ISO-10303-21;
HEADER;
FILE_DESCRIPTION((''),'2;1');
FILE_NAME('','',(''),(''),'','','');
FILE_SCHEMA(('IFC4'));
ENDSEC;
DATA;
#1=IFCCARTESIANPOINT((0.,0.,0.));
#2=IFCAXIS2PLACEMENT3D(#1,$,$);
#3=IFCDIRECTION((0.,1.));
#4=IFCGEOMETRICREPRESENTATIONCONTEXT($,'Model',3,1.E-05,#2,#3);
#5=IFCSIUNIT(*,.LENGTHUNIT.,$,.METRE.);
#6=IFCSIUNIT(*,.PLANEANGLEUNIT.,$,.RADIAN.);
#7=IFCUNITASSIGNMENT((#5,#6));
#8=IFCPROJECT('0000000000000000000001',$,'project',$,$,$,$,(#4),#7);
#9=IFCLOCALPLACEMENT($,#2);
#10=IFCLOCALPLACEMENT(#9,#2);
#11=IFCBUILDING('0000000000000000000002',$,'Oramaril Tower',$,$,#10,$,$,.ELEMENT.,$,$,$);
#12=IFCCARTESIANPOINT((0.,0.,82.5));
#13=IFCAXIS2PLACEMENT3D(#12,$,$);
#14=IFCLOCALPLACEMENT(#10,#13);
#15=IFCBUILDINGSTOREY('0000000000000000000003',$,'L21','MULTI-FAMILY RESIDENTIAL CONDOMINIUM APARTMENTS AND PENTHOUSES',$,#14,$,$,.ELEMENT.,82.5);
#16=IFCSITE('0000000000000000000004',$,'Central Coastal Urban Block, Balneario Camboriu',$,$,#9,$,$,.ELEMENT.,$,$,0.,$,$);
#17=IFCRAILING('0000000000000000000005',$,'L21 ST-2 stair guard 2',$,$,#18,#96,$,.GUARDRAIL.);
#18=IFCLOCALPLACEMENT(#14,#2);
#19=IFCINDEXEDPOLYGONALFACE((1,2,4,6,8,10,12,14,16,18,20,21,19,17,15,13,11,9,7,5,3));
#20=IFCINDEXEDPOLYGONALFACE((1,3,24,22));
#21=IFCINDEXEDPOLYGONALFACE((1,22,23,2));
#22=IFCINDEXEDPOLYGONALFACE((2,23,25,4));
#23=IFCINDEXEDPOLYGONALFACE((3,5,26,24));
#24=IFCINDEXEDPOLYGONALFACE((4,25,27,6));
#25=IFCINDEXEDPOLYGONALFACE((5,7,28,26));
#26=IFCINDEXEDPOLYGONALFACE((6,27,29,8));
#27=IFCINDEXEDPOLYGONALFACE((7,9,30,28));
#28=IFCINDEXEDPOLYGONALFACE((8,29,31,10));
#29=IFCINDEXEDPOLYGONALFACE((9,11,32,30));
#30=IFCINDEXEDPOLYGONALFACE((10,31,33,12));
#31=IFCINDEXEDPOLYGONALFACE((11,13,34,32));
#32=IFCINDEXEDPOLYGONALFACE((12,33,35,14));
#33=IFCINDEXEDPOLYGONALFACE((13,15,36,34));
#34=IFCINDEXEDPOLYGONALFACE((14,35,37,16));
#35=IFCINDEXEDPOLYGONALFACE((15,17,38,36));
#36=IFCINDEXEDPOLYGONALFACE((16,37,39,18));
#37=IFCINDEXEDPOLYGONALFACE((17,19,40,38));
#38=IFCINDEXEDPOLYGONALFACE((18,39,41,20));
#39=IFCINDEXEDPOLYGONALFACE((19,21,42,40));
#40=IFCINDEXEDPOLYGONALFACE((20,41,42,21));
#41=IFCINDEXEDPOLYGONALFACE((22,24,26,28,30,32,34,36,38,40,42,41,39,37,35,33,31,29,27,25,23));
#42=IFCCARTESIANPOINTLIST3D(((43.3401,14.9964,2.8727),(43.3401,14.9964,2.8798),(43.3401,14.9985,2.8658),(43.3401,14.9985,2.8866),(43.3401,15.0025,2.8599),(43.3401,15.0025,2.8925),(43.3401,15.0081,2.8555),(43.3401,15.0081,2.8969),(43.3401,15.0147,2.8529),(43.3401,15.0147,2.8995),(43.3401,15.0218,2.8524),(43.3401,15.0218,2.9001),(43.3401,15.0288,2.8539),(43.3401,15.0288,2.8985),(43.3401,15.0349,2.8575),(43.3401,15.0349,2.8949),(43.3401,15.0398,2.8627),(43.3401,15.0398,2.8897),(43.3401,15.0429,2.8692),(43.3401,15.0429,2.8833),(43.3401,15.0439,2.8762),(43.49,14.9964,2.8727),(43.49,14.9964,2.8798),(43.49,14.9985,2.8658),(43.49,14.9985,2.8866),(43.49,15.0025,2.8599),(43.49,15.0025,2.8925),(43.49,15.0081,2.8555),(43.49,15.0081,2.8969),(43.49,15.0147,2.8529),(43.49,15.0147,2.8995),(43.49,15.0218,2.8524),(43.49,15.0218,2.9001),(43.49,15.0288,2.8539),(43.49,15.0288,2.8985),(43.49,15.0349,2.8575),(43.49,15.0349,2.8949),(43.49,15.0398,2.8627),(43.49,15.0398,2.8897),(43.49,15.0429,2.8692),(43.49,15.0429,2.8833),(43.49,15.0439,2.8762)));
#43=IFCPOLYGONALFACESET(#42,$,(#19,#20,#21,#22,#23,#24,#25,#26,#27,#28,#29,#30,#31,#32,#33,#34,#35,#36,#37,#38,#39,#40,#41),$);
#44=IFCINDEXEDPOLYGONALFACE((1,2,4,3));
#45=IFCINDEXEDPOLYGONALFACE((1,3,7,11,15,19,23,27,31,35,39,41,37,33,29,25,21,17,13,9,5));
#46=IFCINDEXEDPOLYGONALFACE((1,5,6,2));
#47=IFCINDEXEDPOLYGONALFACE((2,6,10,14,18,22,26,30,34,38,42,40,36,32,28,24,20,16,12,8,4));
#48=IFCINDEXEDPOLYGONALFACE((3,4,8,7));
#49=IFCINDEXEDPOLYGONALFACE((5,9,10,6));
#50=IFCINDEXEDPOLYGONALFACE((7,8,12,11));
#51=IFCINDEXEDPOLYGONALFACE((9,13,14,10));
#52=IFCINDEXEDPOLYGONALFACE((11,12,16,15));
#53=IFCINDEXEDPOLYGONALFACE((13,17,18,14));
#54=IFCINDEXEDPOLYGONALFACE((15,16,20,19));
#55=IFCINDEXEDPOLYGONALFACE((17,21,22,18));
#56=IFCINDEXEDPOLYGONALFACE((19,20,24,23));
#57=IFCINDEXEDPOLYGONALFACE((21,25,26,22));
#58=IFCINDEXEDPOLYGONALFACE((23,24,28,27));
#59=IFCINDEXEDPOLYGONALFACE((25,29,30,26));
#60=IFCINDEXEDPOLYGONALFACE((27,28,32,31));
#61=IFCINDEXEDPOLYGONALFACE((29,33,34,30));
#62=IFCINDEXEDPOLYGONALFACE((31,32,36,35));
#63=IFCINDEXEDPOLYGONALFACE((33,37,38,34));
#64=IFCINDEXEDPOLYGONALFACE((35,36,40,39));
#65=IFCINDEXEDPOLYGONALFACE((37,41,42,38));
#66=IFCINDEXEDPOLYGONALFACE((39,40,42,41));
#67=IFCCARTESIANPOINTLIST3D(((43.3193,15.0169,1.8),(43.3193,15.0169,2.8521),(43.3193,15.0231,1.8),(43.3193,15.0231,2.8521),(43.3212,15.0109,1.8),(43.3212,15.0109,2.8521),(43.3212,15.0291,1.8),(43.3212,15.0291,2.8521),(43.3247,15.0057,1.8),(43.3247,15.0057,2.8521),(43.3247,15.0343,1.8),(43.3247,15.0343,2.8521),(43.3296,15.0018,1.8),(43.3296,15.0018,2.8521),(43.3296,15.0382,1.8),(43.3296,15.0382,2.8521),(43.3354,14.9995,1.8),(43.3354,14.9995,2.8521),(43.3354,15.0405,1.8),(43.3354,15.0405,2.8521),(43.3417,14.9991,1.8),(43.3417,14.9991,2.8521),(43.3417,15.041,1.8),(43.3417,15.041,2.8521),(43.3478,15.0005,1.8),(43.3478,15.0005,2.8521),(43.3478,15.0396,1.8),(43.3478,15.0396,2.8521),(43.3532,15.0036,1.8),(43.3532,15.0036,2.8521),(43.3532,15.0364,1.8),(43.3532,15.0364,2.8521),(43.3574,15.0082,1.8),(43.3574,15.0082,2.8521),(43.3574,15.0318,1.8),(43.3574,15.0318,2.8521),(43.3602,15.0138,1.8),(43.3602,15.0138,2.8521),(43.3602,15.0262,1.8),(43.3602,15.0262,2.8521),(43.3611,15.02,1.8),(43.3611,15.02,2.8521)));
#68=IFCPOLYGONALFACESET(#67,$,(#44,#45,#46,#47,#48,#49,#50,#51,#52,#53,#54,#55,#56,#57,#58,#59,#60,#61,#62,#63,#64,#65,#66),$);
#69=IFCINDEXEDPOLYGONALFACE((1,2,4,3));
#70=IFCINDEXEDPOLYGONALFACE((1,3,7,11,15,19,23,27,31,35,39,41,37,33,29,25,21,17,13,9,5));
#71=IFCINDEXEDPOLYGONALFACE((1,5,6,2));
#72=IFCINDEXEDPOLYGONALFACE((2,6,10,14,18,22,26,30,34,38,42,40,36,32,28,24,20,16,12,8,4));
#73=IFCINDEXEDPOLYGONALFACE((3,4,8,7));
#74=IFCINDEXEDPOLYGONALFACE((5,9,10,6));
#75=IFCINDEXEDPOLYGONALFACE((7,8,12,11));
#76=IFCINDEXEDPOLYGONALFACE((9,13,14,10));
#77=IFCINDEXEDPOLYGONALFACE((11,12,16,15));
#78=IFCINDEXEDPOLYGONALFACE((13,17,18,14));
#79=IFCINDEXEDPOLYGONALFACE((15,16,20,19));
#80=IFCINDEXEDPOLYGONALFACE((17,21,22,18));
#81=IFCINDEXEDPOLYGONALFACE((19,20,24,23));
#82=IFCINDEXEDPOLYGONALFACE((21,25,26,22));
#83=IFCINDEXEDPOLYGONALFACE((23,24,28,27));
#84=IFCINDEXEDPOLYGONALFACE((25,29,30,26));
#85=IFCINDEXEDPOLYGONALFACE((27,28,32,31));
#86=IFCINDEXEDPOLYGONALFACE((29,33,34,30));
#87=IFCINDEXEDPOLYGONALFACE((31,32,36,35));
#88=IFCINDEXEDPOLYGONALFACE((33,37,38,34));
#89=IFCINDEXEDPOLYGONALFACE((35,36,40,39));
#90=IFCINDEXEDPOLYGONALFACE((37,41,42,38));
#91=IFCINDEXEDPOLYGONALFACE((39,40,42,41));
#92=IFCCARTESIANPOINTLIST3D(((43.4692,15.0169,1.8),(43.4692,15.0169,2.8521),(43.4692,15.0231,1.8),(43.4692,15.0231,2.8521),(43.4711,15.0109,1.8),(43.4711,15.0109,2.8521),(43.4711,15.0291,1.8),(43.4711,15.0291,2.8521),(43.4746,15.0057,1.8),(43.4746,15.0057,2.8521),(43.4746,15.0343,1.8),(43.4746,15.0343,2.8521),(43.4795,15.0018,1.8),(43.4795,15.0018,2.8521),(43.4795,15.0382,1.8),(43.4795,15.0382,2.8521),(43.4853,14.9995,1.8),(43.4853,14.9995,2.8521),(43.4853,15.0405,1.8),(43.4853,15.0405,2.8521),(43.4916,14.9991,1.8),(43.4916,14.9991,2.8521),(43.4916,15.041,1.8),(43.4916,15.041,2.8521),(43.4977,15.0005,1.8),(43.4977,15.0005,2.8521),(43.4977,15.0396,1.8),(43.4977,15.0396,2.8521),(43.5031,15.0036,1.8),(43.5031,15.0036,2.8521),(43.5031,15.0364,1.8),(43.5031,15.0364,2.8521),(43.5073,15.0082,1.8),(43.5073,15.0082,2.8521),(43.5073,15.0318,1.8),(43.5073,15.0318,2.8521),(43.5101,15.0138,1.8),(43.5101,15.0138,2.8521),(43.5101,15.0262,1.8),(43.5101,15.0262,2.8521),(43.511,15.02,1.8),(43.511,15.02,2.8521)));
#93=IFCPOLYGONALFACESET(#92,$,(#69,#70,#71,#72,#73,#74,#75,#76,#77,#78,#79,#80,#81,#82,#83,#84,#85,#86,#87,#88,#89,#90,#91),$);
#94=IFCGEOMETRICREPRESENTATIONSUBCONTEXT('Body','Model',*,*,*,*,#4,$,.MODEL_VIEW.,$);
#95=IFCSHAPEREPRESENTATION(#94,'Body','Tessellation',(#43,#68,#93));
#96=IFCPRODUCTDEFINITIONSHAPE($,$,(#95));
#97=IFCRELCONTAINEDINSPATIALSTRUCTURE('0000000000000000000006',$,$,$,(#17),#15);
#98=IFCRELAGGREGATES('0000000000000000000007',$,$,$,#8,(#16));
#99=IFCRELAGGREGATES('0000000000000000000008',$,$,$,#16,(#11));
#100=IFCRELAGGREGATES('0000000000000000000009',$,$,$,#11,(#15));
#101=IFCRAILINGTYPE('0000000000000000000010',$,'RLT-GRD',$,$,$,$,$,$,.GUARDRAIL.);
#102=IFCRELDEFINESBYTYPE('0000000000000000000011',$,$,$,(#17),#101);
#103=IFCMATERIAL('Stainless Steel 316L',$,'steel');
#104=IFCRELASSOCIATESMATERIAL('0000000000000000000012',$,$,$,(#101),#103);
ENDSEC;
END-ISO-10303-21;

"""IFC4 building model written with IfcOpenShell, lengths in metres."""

from ifc_helpers import new_model, si_unit, direction, frame, origin, origin_2d, place, context, subcontext, project, spatial, circle, extrude, material, type_object, element, save


model = new_model("IFC4")

# Units and contexts
model_context = context("Model", 3, precision=1e-05, world=origin(), true_north=direction((0.0, 1.0)))
body_context = subcontext(model_context, "Body", "Model", "MODEL_VIEW")
ifc_project = project(units=[si_unit("LENGTHUNIT", "METRE"), si_unit("PLANEANGLEUNIT", "RADIAN")], contexts=[model_context])

# Site, building, storey
site_placement = place(None, origin())
site = spatial("IfcSite", under=ifc_project, at=site_placement, Name="Central Coastal Urban Block, Balneario Camboriu", CompositionType="ELEMENT", RefElevation=0.0)
building_placement = place(site_placement, origin())
building = spatial("IfcBuilding", under=site, at=building_placement, Name="Oramaril Tower", CompositionType="ELEMENT")
storey_placement = place(building_placement, frame((0.0, 0.0, 82.5)))
storey = spatial("IfcBuildingStorey", under=building, at=storey_placement, Name="L21", Description="MULTI-FAMILY RESIDENTIAL CONDOMINIUM APARTMENTS AND PENTHOUSES", CompositionType="ELEMENT", Elevation=82.5)

# Railing
ifc_material_1 = material(Name="Stainless Steel 316L", Category="steel")
railing_type_1 = type_object("IfcRailingType", Name="RLT-GRD", PredefinedType="GUARDRAIL", material=ifc_material_1)
railing_1_placement = place(storey_placement, frame((43.3401, 15.02, 1.8)))
element("IfcRailing", 1, at=railing_1_placement, inside=storey, type_object=railing_type_1, Name="L21 ST-2 stair guard 2", PredefinedType="GUARDRAIL", context=body_context, shape_type="SweptSolid", body=[
    extrude(circle(Radius=0.0239, at=origin_2d()), frame((0.0, 0.0, 1.0762), z_axis=(1.0, 0.0, 0.0), x_axis=(0.0, 1.0, 0.0)), (0.0, 0.0, 1.0), 0.1499),
    extrude(circle(Radius=0.021, at=origin_2d()), origin(), (0.0, 0.0, 1.0), 1.052),
    extrude(circle(Radius=0.021, at=origin_2d()), frame((0.1499, 0.0, 0.0)), (0.0, 0.0, 1.0), 1.052),
])

save(model, "model.ifc")
